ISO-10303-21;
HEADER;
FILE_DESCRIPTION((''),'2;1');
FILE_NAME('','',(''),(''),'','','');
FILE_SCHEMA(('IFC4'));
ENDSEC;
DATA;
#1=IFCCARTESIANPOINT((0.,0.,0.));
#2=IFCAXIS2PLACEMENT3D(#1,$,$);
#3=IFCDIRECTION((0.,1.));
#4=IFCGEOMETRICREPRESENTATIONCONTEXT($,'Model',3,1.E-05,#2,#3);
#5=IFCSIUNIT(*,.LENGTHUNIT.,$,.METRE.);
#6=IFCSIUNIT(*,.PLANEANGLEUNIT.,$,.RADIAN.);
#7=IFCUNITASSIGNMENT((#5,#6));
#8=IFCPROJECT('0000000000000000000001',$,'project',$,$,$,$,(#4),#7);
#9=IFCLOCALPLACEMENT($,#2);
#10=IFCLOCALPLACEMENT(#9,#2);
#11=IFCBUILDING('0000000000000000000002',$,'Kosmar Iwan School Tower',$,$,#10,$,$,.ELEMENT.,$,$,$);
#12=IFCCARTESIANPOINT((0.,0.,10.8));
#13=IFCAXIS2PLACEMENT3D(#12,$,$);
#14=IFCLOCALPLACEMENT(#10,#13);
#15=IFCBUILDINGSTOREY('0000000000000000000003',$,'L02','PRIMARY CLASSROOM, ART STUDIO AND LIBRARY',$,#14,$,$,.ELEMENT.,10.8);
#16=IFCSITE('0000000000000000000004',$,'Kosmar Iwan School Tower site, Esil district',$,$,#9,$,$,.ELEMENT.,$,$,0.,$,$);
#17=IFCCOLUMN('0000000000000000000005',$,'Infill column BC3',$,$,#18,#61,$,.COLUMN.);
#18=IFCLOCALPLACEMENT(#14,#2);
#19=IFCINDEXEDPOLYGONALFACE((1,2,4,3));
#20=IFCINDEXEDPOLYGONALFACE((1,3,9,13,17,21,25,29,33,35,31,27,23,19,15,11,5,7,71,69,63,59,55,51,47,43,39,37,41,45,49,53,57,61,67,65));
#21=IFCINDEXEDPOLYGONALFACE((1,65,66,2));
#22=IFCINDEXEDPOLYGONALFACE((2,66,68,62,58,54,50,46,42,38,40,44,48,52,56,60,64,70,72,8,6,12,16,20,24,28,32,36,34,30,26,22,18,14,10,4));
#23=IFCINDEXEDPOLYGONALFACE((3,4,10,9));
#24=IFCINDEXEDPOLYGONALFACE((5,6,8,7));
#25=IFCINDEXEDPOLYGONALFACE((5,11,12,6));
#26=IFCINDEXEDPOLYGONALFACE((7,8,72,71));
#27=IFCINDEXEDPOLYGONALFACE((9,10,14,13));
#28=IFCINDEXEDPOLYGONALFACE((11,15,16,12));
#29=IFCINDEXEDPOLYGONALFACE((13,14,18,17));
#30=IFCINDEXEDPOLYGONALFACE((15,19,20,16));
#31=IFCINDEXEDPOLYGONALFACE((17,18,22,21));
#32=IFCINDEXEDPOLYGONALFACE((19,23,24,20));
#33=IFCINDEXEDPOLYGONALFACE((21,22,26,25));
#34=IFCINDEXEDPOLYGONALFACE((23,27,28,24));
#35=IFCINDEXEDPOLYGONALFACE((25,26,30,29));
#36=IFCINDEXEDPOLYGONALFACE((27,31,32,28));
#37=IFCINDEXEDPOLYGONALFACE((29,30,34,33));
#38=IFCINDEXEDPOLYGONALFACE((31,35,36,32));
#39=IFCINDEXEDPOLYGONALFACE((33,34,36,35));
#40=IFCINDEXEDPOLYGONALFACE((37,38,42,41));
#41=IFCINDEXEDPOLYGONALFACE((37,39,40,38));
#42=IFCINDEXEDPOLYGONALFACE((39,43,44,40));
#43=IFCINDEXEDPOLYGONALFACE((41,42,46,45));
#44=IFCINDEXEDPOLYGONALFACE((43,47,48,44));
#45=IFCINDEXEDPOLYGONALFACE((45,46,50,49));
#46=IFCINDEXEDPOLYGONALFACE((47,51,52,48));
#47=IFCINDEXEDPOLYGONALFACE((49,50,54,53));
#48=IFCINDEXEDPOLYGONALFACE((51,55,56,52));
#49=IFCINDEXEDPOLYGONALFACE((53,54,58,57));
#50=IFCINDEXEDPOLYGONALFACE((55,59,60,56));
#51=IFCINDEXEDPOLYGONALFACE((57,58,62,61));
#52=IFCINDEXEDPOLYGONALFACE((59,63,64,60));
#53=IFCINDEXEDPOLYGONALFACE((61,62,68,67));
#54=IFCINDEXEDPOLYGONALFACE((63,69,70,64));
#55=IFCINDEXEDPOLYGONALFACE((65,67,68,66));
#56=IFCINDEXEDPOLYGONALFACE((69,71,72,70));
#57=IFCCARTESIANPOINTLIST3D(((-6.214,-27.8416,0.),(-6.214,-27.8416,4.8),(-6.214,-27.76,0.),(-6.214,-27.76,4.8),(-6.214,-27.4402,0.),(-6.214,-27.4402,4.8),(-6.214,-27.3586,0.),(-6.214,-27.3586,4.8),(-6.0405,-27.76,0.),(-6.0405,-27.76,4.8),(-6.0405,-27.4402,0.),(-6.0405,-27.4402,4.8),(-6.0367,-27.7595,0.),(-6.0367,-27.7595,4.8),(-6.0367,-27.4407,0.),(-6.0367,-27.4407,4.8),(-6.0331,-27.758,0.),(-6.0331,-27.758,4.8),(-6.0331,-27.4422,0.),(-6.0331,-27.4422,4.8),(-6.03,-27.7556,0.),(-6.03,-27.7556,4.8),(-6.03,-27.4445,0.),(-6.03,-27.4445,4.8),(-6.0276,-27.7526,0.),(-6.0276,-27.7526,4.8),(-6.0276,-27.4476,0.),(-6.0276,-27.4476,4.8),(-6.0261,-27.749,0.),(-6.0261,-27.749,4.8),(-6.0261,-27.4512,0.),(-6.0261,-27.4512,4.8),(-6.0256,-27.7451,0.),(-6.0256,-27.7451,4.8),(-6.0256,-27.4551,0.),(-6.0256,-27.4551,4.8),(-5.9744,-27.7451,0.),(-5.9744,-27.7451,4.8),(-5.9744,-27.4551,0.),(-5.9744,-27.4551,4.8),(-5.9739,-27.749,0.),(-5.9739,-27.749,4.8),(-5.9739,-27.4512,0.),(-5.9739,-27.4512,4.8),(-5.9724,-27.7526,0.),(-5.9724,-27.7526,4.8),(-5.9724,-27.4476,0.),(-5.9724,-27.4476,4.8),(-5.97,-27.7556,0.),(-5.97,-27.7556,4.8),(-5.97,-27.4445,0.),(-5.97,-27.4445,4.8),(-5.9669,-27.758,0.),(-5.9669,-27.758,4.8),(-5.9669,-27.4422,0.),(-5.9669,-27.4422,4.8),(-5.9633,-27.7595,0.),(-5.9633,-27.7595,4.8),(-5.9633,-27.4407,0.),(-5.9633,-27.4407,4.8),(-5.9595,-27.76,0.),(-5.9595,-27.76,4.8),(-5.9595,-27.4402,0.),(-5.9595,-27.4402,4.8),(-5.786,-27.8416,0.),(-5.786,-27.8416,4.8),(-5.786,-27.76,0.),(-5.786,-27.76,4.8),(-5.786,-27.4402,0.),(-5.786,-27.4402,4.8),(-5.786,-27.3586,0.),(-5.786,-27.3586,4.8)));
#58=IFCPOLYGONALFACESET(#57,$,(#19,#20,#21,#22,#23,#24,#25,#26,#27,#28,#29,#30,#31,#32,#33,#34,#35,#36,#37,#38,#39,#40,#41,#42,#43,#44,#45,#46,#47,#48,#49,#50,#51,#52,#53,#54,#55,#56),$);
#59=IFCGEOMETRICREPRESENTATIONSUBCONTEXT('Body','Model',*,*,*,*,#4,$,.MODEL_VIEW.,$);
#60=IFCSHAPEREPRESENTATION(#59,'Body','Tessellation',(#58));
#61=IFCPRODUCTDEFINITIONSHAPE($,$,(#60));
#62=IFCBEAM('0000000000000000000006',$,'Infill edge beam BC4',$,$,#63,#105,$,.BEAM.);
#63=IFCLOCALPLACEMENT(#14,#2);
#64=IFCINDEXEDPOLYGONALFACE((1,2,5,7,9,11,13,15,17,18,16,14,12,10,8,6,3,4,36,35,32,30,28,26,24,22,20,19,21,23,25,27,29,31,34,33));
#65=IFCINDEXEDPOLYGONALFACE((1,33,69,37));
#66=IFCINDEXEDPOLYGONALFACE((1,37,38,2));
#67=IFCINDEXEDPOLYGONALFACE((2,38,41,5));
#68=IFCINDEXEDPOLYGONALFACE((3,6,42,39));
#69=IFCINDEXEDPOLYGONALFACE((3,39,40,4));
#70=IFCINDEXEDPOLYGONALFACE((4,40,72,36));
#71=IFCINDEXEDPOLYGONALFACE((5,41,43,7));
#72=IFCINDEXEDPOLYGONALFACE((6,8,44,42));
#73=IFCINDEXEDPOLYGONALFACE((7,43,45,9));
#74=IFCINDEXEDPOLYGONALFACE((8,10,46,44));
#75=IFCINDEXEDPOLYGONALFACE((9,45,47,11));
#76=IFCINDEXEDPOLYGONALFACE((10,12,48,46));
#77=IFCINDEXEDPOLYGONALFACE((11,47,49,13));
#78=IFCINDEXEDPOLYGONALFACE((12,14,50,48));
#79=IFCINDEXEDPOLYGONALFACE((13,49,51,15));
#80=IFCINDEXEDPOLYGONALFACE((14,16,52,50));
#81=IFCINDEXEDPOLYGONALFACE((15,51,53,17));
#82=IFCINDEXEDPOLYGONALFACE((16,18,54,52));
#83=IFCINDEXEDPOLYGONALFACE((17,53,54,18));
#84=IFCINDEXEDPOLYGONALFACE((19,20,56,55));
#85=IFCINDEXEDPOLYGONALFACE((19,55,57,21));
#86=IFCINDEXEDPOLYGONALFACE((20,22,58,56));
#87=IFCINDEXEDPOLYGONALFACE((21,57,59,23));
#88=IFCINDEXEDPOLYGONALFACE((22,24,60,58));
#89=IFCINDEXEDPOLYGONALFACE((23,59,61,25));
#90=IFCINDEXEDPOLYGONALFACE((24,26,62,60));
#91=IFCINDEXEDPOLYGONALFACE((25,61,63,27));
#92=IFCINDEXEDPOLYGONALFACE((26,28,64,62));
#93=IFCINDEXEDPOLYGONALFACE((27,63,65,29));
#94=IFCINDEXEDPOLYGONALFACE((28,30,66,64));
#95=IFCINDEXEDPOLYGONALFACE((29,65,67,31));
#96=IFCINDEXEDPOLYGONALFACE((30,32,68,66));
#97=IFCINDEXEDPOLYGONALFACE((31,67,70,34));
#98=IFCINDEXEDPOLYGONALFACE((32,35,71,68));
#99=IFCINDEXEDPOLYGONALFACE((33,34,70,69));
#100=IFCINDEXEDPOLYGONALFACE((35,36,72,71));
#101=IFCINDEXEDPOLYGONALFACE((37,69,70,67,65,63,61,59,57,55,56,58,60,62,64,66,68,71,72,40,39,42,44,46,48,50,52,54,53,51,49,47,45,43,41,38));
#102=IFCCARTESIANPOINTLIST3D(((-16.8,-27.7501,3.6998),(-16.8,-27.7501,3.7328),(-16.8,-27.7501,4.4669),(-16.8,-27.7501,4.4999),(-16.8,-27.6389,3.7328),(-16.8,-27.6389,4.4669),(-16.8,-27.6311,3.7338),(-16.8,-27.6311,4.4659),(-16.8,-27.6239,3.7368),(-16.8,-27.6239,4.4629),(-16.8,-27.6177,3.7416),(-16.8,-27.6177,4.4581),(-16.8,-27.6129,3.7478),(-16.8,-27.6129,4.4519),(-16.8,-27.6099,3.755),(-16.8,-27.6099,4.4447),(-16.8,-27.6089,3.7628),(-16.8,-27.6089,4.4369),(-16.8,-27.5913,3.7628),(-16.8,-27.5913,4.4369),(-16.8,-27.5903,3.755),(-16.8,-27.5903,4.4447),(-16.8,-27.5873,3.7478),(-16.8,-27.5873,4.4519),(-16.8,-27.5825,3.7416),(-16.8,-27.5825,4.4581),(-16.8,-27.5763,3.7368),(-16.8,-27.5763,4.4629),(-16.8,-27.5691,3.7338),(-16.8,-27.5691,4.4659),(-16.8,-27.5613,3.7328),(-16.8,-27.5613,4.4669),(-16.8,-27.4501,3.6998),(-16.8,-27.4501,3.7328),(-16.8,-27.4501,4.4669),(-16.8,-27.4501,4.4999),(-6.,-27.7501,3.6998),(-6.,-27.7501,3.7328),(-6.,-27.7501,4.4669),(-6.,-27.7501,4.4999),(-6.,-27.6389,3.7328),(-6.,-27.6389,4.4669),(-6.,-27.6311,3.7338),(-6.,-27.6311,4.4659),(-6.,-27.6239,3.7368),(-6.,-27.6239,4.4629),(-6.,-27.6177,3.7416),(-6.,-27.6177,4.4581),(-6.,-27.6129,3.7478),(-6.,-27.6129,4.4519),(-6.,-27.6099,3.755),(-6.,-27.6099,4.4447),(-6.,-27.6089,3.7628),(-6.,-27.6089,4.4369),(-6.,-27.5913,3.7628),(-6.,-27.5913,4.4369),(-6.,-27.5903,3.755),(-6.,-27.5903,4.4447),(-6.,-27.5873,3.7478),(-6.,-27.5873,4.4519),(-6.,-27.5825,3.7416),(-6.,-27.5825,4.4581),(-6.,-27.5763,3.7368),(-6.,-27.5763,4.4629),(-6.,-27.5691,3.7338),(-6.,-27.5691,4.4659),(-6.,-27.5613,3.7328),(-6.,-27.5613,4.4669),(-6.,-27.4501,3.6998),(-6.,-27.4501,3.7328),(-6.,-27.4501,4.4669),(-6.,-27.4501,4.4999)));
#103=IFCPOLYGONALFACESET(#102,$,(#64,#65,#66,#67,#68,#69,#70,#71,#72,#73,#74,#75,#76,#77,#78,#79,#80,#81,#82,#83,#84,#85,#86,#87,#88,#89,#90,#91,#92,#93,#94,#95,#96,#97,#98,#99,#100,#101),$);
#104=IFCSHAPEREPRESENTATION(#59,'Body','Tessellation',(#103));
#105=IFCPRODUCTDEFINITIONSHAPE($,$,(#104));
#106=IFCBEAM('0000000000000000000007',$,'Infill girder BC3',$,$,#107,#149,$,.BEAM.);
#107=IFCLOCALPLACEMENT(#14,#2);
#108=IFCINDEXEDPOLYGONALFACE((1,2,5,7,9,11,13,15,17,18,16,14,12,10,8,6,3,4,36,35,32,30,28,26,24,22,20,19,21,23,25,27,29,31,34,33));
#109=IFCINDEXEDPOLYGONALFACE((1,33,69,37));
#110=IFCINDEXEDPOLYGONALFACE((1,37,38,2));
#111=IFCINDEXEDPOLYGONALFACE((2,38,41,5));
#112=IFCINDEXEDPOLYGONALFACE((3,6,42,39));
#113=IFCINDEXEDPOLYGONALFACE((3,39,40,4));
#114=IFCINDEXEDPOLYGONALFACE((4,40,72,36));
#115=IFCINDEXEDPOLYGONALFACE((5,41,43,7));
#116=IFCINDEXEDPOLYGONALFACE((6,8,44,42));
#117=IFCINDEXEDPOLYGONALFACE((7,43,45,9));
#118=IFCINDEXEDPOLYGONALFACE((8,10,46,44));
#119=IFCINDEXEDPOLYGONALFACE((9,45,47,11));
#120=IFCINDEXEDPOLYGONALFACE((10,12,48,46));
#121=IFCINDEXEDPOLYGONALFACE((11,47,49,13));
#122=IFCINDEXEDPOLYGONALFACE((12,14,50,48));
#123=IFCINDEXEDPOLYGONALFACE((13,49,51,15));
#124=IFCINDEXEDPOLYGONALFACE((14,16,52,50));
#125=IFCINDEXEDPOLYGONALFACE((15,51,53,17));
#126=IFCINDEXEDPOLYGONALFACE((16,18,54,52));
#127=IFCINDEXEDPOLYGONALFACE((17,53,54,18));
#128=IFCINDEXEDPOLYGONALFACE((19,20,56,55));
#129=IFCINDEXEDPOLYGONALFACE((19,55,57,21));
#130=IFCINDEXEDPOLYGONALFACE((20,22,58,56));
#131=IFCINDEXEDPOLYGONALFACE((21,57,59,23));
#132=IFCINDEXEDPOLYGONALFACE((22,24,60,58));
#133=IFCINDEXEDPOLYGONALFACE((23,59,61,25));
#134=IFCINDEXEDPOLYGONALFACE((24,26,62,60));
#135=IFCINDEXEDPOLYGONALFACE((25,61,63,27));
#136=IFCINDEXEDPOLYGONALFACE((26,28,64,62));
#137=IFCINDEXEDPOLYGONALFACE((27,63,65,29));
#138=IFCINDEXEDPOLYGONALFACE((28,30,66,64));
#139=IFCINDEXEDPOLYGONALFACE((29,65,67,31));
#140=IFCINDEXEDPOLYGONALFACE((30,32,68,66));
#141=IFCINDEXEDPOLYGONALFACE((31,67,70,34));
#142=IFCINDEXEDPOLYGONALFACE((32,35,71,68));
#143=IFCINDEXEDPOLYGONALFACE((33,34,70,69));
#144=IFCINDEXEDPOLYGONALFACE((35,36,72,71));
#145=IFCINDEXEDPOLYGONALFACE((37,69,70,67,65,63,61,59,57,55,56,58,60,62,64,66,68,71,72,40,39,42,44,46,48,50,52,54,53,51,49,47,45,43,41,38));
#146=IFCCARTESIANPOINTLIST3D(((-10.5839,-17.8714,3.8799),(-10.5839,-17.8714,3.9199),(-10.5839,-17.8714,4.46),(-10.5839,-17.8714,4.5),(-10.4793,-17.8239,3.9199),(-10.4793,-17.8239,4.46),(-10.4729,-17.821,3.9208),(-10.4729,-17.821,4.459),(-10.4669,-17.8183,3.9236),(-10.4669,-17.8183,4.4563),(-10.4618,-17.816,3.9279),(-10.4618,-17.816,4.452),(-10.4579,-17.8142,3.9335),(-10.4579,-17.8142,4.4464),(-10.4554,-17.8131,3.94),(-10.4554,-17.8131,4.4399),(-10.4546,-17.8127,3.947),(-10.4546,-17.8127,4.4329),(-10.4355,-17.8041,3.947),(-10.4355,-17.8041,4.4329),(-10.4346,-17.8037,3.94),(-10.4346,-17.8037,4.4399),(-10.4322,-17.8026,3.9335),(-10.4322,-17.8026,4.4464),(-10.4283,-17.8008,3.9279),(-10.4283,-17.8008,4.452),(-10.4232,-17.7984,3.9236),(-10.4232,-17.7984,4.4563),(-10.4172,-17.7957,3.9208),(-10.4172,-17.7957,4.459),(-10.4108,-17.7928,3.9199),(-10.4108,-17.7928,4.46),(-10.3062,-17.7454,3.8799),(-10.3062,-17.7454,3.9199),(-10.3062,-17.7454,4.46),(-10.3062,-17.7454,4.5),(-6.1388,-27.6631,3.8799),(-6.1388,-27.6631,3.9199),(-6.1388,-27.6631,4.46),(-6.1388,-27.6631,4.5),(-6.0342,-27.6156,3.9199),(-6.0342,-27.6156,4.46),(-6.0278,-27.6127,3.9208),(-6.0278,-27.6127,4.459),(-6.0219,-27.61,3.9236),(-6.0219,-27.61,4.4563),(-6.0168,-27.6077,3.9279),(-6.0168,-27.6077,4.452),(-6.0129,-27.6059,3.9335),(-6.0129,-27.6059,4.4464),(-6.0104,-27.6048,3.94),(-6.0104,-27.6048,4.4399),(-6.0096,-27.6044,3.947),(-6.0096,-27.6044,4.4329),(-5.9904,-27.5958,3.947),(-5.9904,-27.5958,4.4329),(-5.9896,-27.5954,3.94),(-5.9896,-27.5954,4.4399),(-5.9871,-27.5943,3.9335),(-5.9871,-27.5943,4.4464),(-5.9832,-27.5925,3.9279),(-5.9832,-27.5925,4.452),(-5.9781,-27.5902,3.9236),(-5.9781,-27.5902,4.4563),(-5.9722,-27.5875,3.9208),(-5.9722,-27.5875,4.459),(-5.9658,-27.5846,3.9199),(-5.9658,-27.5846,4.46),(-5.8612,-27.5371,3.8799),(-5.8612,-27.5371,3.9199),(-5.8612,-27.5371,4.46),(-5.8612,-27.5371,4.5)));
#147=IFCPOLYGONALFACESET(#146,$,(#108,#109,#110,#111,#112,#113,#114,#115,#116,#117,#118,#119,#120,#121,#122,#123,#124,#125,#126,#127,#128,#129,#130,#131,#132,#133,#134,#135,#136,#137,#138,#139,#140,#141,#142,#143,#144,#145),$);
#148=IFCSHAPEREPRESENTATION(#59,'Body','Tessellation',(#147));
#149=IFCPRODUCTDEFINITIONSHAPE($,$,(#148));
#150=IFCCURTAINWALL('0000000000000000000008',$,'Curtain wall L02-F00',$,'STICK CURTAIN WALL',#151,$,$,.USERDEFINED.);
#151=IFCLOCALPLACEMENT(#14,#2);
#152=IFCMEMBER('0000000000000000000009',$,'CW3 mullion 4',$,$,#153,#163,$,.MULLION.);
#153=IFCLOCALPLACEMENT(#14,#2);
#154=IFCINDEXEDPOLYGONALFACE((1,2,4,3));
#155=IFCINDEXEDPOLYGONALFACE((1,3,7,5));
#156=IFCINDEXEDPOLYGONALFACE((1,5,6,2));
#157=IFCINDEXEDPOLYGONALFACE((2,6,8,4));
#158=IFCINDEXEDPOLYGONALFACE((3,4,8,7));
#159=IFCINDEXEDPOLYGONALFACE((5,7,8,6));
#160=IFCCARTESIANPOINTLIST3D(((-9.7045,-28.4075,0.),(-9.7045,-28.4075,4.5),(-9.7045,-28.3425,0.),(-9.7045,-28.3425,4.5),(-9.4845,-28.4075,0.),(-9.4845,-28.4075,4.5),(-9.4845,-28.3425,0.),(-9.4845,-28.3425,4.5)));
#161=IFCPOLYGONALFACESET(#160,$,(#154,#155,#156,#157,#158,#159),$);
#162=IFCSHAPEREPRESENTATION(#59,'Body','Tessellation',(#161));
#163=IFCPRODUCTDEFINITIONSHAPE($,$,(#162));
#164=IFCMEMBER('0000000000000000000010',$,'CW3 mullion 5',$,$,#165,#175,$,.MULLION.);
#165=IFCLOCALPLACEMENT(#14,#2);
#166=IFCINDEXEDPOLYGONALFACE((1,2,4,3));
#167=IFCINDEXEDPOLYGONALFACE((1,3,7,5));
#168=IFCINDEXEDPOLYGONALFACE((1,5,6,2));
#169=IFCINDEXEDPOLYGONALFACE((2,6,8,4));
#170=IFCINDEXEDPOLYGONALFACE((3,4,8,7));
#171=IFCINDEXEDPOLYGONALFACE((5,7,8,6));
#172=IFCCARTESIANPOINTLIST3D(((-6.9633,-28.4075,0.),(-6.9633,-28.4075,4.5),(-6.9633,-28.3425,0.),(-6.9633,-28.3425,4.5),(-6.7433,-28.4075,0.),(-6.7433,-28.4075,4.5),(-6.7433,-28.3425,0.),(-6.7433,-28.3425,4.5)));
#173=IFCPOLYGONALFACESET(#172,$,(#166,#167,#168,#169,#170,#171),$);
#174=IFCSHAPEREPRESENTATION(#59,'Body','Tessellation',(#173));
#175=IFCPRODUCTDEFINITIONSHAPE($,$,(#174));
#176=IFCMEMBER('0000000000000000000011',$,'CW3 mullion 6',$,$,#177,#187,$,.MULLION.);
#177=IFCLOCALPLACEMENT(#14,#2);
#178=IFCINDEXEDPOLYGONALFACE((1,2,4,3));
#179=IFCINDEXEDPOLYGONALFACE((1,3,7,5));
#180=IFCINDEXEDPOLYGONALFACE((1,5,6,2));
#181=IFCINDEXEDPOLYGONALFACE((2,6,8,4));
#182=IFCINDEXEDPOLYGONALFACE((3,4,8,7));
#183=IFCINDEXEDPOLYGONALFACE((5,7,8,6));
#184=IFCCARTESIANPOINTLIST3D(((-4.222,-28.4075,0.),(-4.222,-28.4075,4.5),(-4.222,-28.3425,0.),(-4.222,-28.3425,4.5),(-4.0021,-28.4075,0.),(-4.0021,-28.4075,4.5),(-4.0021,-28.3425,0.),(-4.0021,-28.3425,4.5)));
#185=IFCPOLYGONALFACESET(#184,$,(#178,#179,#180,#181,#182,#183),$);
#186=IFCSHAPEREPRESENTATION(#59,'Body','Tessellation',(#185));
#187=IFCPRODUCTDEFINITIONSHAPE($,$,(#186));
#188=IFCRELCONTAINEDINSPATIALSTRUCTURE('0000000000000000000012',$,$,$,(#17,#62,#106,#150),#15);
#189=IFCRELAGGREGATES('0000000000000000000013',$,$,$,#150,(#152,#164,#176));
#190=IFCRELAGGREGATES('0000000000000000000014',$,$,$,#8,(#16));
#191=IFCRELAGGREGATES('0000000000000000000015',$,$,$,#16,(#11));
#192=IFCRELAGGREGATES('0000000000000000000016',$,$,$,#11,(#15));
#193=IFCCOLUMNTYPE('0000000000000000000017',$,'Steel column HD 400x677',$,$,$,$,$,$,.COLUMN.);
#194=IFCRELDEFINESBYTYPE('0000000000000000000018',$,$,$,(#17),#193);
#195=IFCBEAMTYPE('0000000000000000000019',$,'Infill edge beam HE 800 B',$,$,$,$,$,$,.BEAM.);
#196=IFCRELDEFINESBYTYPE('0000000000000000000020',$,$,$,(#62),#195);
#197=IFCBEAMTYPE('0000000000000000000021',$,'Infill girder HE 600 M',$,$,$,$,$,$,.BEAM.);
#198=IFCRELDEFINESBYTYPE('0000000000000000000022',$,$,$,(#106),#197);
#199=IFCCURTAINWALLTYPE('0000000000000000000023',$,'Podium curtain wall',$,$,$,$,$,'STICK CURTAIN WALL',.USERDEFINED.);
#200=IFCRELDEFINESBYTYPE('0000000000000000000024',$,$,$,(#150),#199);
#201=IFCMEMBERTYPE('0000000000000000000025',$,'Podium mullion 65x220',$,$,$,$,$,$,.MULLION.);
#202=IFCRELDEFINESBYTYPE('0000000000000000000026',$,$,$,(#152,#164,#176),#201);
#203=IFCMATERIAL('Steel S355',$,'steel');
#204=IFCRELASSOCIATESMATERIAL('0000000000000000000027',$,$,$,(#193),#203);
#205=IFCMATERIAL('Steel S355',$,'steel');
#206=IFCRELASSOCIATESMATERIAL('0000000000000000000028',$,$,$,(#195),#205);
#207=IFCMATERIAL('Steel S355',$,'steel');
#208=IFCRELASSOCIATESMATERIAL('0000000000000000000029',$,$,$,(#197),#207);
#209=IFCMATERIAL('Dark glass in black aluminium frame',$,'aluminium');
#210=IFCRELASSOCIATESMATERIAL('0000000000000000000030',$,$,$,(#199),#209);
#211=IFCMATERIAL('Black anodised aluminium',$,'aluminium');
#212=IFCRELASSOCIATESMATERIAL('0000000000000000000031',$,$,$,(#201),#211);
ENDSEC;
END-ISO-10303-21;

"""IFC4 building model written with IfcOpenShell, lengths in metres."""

from ifc_helpers import new_model, si_unit, direction, frame, origin, origin_2d, place, context, subcontext, project, spatial, rectangle, i_section, extrude, material, material_profile, profile_set, type_object, element, aggregate, save


model = new_model("IFC4")

# Units and contexts
model_context = context("Model", 3, precision=1e-05, world=origin(), true_north=direction((0.0, 1.0)))
body_context = subcontext(model_context, "Body", "Model", "MODEL_VIEW")
ifc_project = project(units=[si_unit("LENGTHUNIT", "METRE"), si_unit("PLANEANGLEUNIT", "RADIAN")], contexts=[model_context])

# Site, building, storey
site_placement = place(None, origin())
site = spatial("IfcSite", under=ifc_project, at=site_placement, Name="Kosmar Iwan School Tower site, Esil district", CompositionType="ELEMENT", RefElevation=0.0)
building_placement = place(site_placement, origin())
building = spatial("IfcBuilding", under=site, at=building_placement, Name="Kosmar Iwan School Tower", CompositionType="ELEMENT")
storey_placement = place(building_placement, frame((0.0, 0.0, 10.8)))
storey = spatial("IfcBuildingStorey", under=building, at=storey_placement, Name="L02", Description="PRIMARY CLASSROOM, ART STUDIO AND LIBRARY", CompositionType="ELEMENT", Elevation=10.8)

# Column
ifc_material_1 = material(Name="Steel S355", Category="steel")
ifc_material_profile_1 = material_profile(ifc_material_1, i_section(OverallWidth=0.428, OverallDepth=0.4829, WebThickness=0.0513, FlangeThickness=0.0815, FilletRadius=0.0149, at=origin_2d()), Name="HD 400x677")
ifc_profile_set_1 = profile_set([ifc_material_profile_1], Name="Steel S355")
column_type = type_object("IfcColumnType", Name="Steel column HD 400x677", PredefinedType="COLUMN", material=ifc_profile_set_1)
column_placement = place(storey_placement, frame((-6.0, -27.6001, 0.0), z_axis=(0.0, 0.0, 1.0), x_axis=(1.0, 0.0, 0.0)))
element("IfcColumn", 1, at=column_placement, inside=storey, type_object=column_type, Name="Infill column BC3", PredefinedType="COLUMN", context=body_context, shape_type="SweptSolid", body=[
    extrude(i_section(OverallWidth=0.428, OverallDepth=0.4829, WebThickness=0.0513, FlangeThickness=0.0815, FilletRadius=0.0149, at=origin_2d()), origin(), (0.0, 0.0, 1.0), 4.8),
])

# Beams
ifc_material_2 = material(Name="Steel S355", Category="steel")
ifc_material_profile_2 = material_profile(ifc_material_2, i_section(OverallWidth=0.3, OverallDepth=0.8, WebThickness=0.0176, FlangeThickness=0.033, FilletRadius=0.03, at=origin_2d()), Name="HE 800 B")
ifc_profile_set_2 = profile_set([ifc_material_profile_2], Name="Steel S355")
beam_type_1 = type_object("IfcBeamType", Name="Infill edge beam HE 800 B", PredefinedType="BEAM", material=ifc_profile_set_2)
beam_1_placement = place(storey_placement, frame((-6.0, -27.6001, 4.0999), z_axis=(-1.0, 0.0, 0.0), x_axis=(0.0, -1.0, 0.0)))
element("IfcBeam", 2, at=beam_1_placement, inside=storey, type_object=beam_type_1, Name="Infill edge beam BC4", PredefinedType="BEAM", context=body_context, shape_type="SweptSolid", body=[
    extrude(i_section(OverallWidth=0.3, OverallDepth=0.8, WebThickness=0.0176, FlangeThickness=0.033, FilletRadius=0.03, at=origin_2d()), origin(), (0.0, 0.0, 1.0), 10.8),
])
ifc_material_3 = material(Name="Steel S355", Category="steel")
ifc_material_profile_3 = material_profile(ifc_material_3, i_section(OverallWidth=0.3049, OverallDepth=0.6201, WebThickness=0.021, FlangeThickness=0.04, FilletRadius=0.0271, at=origin_2d()), Name="HE 600 M")
ifc_profile_set_3 = profile_set([ifc_material_profile_3], Name="Steel S355")
beam_type_2 = type_object("IfcBeamType", Name="Infill girder HE 600 M", PredefinedType="BEAM", material=ifc_profile_set_3)
beam_2_placement = place(storey_placement, frame((-6.0, -27.6001, 4.1899), z_axis=(-0.413362, 0.910567, 0.0), x_axis=(-0.910567, -0.413362, 0.0)))
element("IfcBeam", 3, at=beam_2_placement, inside=storey, type_object=beam_type_2, Name="Infill girder BC3", PredefinedType="BEAM", context=body_context, shape_type="SweptSolid", body=[
    extrude(i_section(OverallWidth=0.3049, OverallDepth=0.6201, WebThickness=0.021, FlangeThickness=0.04, FilletRadius=0.0271, at=origin_2d()), origin(), (0.0, 0.0, 1.0), 10.7534),
])

# Curtain wall, members
ifc_material_4 = material(Name="Dark glass in black aluminium frame", Category="aluminium")
curtain_wall_type = type_object("IfcCurtainWallType", Name="Podium curtain wall", ElementType="STICK CURTAIN WALL", PredefinedType="USERDEFINED", material=ifc_material_4)
curtain_wall_placement = place(storey_placement, origin())
curtain_wall = element("IfcCurtainWall", 4, at=curtain_wall_placement, inside=storey, type_object=curtain_wall_type, Name="Curtain wall L02-F00", ObjectType="STICK CURTAIN WALL", PredefinedType="USERDEFINED")
ifc_material_5 = material(Name="Black anodised aluminium", Category="aluminium")
ifc_material_profile_4 = material_profile(ifc_material_5, rectangle(XDim=0.0649, YDim=0.22, at=origin_2d()), Name="MULLION 65x220")
ifc_profile_set_4 = profile_set([ifc_material_profile_4], Name="Black anodised aluminium")
member_type_1 = type_object("IfcMemberType", Name="Podium mullion 65x220", PredefinedType="MULLION", material=ifc_profile_set_4)
member_1_placement = place(storey_placement, frame((-9.5945, -28.375, 0.0), z_axis=(0.0, 0.0, 1.0), x_axis=(0.0, 1.0, 0.0)))
member_1 = element("IfcMember", 5, at=member_1_placement, type_object=member_type_1, Name="CW3 mullion 4", PredefinedType="MULLION", context=body_context, shape_type="SweptSolid", body=[
    extrude(rectangle(XDim=0.0649, YDim=0.22, at=origin_2d()), origin(), (0.0, 0.0, 1.0), 4.5),
])
member_2_placement = place(storey_placement, frame((-6.8533, -28.375, 0.0), z_axis=(0.0, 0.0, 1.0), x_axis=(0.0, 1.0, 0.0)))
member_2 = element("IfcMember", 6, at=member_2_placement, type_object=member_type_1, Name="CW3 mullion 5", PredefinedType="MULLION", context=body_context, shape_type="SweptSolid", body=[
    extrude(rectangle(XDim=0.0649, YDim=0.22, at=origin_2d()), origin(), (0.0, 0.0, 1.0), 4.5),
])
member_3_placement = place(storey_placement, frame((-4.1121, -28.375, 0.0), z_axis=(0.0, 0.0, 1.0), x_axis=(0.0, 1.0, 0.0)))
member_3 = element("IfcMember", 7, at=member_3_placement, type_object=member_type_1, Name="CW3 mullion 6", PredefinedType="MULLION", context=body_context, shape_type="SweptSolid", body=[
    extrude(rectangle(XDim=0.0649, YDim=0.22, at=origin_2d()), origin(), (0.0, 0.0, 1.0), 4.5),
])
aggregate(curtain_wall, [member_1, member_2, member_3])

save(model, "model.ifc")
